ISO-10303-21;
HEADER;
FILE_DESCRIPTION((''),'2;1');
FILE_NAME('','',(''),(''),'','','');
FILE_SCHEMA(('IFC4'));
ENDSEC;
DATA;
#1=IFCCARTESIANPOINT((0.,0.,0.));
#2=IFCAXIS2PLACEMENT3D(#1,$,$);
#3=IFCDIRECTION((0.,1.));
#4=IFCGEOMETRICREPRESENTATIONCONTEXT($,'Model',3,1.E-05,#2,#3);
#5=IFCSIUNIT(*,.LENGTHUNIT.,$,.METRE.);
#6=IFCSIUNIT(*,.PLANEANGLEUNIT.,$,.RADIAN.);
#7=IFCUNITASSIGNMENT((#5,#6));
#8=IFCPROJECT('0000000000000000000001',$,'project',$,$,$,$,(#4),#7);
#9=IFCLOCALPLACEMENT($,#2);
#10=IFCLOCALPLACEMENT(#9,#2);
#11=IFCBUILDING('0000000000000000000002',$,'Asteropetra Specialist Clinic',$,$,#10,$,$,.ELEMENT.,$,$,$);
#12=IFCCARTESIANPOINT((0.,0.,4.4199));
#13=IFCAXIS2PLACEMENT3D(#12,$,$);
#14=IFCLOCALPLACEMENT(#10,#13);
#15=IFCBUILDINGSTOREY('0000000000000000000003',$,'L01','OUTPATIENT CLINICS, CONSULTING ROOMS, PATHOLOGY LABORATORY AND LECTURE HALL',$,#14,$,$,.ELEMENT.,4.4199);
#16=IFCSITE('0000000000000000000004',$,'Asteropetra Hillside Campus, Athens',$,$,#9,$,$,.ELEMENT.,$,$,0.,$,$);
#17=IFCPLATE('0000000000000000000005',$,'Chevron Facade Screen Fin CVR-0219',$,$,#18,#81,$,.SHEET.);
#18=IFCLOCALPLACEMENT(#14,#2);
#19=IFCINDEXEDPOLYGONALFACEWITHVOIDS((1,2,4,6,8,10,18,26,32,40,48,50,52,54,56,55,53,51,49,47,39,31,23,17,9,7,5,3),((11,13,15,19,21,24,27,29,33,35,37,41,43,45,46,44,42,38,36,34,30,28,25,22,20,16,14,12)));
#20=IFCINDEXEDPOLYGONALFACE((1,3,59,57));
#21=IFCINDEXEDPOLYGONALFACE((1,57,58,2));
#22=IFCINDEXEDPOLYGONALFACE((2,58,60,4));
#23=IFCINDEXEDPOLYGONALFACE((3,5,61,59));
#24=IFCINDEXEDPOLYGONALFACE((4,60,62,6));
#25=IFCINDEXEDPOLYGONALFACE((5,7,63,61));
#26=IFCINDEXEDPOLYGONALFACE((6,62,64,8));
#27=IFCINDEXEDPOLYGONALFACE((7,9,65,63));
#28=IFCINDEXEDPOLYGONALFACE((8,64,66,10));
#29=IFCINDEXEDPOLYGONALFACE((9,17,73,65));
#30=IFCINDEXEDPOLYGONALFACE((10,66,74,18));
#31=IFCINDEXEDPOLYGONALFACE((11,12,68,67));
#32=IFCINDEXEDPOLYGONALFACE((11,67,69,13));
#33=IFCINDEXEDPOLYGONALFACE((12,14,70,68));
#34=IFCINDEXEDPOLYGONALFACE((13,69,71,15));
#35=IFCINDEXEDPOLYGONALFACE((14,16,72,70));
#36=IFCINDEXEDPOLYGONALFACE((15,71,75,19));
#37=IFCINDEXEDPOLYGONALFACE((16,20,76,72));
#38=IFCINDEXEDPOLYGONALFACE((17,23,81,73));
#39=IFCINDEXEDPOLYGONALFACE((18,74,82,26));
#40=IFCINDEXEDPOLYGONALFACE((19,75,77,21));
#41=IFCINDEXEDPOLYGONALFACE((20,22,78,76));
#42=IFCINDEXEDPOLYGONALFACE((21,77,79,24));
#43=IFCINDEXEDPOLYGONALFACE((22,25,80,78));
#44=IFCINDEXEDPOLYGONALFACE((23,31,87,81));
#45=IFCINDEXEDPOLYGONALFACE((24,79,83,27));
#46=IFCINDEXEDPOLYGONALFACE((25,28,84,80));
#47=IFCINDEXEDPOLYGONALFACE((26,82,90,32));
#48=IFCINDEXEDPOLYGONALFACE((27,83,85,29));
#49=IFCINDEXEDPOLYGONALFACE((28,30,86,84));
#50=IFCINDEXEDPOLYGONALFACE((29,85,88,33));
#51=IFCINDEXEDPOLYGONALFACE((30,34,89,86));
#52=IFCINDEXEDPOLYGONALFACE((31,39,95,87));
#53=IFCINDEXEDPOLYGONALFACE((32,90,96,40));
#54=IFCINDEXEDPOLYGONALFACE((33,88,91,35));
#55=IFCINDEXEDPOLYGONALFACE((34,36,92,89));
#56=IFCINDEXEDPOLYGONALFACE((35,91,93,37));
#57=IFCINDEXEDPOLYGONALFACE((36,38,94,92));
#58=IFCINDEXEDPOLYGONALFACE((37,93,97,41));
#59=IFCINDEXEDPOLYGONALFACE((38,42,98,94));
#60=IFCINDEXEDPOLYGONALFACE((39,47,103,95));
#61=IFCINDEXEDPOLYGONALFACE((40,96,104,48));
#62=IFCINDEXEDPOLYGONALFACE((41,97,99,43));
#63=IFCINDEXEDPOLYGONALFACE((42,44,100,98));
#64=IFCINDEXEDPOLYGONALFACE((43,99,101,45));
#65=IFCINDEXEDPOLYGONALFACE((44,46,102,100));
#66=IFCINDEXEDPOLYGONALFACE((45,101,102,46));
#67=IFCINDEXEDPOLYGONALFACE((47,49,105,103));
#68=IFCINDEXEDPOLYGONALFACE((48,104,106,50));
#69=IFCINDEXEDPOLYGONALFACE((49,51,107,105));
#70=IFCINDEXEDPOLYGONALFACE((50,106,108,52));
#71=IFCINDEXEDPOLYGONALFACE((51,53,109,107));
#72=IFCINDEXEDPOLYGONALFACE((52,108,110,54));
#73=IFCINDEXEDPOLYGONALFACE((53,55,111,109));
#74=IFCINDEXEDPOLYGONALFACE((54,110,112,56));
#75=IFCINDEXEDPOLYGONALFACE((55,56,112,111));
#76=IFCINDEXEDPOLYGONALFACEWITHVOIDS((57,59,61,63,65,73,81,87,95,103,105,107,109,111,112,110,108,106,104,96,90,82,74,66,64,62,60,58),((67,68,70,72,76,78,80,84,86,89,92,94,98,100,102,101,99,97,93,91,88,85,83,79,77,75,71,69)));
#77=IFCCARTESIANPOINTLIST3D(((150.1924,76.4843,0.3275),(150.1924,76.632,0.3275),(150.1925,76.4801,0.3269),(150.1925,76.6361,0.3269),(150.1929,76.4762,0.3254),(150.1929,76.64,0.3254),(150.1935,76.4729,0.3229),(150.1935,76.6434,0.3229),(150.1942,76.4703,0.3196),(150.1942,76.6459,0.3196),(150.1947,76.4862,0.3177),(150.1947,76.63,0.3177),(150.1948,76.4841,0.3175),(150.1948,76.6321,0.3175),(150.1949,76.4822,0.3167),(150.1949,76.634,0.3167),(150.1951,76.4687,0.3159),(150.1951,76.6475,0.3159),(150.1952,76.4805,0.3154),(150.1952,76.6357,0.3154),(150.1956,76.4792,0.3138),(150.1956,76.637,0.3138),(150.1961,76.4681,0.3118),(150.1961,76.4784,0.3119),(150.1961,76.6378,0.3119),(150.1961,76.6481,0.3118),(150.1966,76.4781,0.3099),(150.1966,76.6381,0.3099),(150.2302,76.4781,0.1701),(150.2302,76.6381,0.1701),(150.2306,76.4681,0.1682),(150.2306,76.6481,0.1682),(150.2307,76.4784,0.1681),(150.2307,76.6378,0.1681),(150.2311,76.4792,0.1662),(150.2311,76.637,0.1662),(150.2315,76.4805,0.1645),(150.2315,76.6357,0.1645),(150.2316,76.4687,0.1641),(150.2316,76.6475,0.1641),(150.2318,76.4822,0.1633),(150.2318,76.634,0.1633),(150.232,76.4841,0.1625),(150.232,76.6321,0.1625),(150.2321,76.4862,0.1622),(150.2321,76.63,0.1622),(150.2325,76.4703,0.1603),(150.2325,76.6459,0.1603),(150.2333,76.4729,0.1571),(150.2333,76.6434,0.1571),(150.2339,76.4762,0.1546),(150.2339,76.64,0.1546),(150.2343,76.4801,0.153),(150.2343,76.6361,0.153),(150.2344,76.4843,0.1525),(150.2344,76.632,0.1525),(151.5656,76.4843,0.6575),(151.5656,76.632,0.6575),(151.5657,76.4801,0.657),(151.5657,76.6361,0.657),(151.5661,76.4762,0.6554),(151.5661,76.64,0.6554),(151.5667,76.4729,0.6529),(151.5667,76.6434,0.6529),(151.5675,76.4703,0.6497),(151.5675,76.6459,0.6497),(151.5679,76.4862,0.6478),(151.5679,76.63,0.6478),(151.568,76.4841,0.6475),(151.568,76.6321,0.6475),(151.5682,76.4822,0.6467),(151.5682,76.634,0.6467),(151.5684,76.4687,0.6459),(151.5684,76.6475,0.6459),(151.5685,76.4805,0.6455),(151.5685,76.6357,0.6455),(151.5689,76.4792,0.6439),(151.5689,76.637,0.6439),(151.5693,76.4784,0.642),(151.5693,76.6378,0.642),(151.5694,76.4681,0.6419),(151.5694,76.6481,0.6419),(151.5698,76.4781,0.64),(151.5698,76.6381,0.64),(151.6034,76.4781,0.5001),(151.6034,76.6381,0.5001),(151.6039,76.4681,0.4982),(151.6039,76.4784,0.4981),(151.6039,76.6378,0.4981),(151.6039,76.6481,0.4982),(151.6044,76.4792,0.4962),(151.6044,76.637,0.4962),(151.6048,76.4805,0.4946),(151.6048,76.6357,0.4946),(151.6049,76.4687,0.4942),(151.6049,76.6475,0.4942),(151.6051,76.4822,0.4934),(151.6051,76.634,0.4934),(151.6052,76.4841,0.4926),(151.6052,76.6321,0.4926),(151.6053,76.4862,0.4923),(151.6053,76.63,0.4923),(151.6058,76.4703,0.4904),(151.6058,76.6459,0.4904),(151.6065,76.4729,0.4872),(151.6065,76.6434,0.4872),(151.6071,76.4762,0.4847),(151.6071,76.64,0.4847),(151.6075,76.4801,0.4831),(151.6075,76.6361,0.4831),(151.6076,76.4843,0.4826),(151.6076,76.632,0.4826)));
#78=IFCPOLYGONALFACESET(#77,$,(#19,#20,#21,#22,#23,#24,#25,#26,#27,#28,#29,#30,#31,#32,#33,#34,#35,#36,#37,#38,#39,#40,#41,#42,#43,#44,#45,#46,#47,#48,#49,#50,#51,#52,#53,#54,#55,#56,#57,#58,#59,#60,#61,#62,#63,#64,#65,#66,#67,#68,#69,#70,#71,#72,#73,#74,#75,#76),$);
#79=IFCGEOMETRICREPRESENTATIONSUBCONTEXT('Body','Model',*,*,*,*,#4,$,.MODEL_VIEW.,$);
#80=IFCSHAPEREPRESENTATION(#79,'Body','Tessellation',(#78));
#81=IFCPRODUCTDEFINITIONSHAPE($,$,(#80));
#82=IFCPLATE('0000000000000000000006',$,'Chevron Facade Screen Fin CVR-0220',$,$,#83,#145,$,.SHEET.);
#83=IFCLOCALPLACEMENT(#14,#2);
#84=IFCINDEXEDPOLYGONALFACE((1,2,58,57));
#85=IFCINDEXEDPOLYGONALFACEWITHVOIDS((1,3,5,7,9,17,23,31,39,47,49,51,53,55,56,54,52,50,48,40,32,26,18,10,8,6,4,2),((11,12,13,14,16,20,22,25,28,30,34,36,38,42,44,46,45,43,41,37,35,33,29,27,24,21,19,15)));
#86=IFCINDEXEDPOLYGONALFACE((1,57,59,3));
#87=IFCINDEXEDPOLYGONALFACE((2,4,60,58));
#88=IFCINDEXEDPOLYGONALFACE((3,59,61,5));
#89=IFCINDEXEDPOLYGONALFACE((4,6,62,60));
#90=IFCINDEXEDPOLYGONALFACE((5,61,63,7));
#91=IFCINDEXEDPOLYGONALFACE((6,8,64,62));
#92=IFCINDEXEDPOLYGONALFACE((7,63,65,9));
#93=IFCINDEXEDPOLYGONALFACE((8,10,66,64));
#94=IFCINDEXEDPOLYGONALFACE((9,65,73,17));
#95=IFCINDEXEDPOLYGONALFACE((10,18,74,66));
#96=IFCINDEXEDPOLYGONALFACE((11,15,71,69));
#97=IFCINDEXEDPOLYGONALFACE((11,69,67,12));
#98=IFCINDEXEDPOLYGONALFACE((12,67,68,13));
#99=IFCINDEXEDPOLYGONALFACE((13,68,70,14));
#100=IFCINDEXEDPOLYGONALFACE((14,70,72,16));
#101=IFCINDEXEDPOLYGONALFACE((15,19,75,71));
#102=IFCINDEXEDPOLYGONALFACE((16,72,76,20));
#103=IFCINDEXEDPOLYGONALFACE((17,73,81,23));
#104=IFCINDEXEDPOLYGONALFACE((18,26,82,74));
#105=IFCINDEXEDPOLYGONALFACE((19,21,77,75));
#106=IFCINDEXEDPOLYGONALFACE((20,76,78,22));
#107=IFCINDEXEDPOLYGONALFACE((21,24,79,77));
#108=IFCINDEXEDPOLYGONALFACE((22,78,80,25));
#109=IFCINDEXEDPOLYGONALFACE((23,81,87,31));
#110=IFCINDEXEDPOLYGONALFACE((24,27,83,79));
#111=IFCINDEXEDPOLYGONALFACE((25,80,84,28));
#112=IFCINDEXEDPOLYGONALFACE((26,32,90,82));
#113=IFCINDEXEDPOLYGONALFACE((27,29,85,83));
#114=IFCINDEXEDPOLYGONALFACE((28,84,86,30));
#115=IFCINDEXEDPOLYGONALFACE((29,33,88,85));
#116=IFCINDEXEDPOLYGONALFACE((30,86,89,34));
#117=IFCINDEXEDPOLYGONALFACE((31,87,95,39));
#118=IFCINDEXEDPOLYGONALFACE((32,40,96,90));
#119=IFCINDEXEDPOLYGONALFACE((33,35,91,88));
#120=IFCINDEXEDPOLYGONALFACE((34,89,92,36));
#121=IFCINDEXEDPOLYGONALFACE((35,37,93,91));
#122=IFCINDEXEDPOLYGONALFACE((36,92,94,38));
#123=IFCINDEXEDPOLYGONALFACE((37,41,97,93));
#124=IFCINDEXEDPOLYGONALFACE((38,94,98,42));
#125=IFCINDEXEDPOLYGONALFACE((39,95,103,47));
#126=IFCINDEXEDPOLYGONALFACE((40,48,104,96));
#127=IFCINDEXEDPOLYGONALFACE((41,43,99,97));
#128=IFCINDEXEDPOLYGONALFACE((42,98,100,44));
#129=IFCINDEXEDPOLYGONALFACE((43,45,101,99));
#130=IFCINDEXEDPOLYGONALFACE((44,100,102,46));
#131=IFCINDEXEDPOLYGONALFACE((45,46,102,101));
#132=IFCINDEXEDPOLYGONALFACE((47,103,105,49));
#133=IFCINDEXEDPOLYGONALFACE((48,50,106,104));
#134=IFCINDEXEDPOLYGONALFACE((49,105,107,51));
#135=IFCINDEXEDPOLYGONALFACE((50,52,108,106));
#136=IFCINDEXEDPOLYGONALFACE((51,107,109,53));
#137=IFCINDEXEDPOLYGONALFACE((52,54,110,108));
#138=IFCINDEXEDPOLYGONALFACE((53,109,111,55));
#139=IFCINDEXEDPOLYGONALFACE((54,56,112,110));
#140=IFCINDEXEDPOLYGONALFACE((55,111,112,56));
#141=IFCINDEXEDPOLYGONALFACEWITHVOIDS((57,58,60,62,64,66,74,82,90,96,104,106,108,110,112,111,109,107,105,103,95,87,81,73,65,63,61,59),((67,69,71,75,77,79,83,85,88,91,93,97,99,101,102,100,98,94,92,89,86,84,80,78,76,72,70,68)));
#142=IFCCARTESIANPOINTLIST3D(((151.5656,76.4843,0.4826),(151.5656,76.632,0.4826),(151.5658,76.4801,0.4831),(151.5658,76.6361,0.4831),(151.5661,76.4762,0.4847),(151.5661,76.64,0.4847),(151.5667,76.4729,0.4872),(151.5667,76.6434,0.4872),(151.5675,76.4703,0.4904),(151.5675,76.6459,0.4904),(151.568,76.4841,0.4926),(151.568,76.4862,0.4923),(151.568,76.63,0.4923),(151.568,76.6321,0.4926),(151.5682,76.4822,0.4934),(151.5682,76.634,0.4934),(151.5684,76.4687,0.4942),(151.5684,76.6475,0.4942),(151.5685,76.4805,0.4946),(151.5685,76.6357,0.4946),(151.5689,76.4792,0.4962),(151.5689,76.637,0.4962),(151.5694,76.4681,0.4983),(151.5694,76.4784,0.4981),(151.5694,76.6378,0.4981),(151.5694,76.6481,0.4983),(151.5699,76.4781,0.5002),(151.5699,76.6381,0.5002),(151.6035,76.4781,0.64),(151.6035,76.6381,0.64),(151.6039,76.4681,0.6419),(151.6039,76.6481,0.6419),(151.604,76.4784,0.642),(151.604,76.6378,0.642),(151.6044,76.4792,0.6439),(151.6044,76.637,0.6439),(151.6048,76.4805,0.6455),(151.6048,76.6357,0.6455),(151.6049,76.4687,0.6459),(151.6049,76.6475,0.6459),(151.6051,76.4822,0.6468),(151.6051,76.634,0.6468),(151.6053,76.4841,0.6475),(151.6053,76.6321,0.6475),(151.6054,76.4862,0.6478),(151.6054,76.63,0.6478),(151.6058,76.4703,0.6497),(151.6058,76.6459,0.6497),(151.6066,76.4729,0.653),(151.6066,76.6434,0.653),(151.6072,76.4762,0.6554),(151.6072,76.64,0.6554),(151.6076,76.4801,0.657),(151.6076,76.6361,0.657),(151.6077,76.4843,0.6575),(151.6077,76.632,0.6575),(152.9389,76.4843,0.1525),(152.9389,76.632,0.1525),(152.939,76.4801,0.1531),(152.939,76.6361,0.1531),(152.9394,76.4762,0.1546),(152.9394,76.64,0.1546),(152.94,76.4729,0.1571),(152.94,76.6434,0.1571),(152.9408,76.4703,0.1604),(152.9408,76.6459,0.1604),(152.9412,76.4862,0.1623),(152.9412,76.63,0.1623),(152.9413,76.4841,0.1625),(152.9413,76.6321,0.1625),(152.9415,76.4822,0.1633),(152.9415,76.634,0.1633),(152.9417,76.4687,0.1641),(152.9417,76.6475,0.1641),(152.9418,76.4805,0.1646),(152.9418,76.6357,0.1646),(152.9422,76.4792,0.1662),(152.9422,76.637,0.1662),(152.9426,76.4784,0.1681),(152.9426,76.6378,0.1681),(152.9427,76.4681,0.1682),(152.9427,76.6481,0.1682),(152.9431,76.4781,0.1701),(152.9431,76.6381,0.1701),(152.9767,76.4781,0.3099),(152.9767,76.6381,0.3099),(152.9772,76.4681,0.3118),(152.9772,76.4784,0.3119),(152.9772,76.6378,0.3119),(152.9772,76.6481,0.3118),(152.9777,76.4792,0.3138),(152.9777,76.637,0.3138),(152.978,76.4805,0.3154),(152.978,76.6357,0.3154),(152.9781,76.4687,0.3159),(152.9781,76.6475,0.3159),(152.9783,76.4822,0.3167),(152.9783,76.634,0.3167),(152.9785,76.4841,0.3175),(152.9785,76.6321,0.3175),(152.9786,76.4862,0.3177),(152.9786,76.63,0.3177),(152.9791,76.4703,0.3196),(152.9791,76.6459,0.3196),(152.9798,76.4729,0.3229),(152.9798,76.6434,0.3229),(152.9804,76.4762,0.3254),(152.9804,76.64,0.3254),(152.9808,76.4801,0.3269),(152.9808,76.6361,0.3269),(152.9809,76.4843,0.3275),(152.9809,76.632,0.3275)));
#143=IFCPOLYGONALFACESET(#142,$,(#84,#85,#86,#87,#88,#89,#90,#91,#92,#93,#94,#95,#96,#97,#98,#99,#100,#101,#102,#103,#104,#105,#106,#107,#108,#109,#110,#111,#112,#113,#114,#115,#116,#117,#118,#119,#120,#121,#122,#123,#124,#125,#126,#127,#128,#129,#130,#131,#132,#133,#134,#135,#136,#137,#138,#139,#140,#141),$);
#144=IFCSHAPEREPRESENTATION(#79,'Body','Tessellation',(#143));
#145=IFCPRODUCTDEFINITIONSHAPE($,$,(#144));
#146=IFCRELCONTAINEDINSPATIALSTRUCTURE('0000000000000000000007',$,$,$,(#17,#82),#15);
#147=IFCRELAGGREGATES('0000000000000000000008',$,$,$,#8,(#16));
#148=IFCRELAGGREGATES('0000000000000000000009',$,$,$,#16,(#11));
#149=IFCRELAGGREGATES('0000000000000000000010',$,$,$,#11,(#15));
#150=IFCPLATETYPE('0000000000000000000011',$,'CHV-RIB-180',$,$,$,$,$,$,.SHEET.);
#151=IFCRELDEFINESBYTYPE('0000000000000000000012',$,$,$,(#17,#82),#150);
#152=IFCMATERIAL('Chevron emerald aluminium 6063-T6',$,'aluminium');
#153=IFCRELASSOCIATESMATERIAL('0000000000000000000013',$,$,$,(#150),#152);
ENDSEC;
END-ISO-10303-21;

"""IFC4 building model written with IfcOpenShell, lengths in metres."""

from ifc_helpers import new_model, si_unit, direction, frame, origin, origin_2d, place, context, subcontext, project, spatial, hollow_rectangle, extrude, material, material_profile, profile_set, type_object, element, save


model = new_model("IFC4")

# Units and contexts
model_context = context("Model", 3, precision=1e-05, world=origin(), true_north=direction((0.0, 1.0)))
body_context = subcontext(model_context, "Body", "Model", "MODEL_VIEW")
ifc_project = project(units=[si_unit("LENGTHUNIT", "METRE"), si_unit("PLANEANGLEUNIT", "RADIAN")], contexts=[model_context])

# Site, building, storey
site_placement = place(None, origin())
site = spatial("IfcSite", under=ifc_project, at=site_placement, Name="Asteropetra Hillside Campus, Athens", CompositionType="ELEMENT", RefElevation=0.0)
building_placement = place(site_placement, origin())
building = spatial("IfcBuilding", under=site, at=building_placement, Name="Asteropetra Specialist Clinic", CompositionType="ELEMENT")
storey_placement = place(building_placement, frame((0.0, 0.0, 4.4199)))
storey = spatial("IfcBuildingStorey", under=building, at=storey_placement, Name="L01", Description="OUTPATIENT CLINICS, CONSULTING ROOMS, PATHOLOGY LABORATORY AND LECTURE HALL", CompositionType="ELEMENT", Elevation=4.4199)

# Plates
ifc_material_1 = material(Name="Chevron emerald aluminium 6063-T6", Category="aluminium")
ifc_material_profile_1 = material_profile(ifc_material_1, hollow_rectangle(XDim=0.1799, YDim=0.1799, WallThickness=0.01, InnerFilletRadius=0.0081, OuterFilletRadius=0.0161, at=origin_2d()), Name="SHS 180x180x10.0")
ifc_profile_set_1 = profile_set([ifc_material_profile_1], Name="Chevron emerald aluminium 6063-T6")
plate_type = type_object("IfcPlateType", Name="CHV-RIB-180", PredefinedType="SHEET", material=ifc_profile_set_1)
for number, where, z_axis, x_axis, name in (
    (1, (150.2134, 76.5581, 0.24), (0.972309, 0.0, 0.2337), (0.0, 1.0, 0.0), "Chevron Facade Screen Fin CVR-0219"),
    (2, (151.5867, 76.5581, 0.5701), (0.972309, 0.0, -0.2337), (0.0, 1.0, 0.0), "Chevron Facade Screen Fin CVR-0220"),
):
    element("IfcPlate", number, at=place(storey_placement, frame(where, z_axis=z_axis, x_axis=x_axis)), inside=storey, type_object=plate_type, Name=name, PredefinedType="SHEET", context=body_context, shape_type="SweptSolid", body=[
        extrude(hollow_rectangle(XDim=0.1799, YDim=0.1799, WallThickness=0.01, InnerFilletRadius=0.0081, OuterFilletRadius=0.0161, at=origin_2d()), origin(), (0.0, 0.0, 1.0), 1.4124),
    ])

save(model, "model.ifc")
